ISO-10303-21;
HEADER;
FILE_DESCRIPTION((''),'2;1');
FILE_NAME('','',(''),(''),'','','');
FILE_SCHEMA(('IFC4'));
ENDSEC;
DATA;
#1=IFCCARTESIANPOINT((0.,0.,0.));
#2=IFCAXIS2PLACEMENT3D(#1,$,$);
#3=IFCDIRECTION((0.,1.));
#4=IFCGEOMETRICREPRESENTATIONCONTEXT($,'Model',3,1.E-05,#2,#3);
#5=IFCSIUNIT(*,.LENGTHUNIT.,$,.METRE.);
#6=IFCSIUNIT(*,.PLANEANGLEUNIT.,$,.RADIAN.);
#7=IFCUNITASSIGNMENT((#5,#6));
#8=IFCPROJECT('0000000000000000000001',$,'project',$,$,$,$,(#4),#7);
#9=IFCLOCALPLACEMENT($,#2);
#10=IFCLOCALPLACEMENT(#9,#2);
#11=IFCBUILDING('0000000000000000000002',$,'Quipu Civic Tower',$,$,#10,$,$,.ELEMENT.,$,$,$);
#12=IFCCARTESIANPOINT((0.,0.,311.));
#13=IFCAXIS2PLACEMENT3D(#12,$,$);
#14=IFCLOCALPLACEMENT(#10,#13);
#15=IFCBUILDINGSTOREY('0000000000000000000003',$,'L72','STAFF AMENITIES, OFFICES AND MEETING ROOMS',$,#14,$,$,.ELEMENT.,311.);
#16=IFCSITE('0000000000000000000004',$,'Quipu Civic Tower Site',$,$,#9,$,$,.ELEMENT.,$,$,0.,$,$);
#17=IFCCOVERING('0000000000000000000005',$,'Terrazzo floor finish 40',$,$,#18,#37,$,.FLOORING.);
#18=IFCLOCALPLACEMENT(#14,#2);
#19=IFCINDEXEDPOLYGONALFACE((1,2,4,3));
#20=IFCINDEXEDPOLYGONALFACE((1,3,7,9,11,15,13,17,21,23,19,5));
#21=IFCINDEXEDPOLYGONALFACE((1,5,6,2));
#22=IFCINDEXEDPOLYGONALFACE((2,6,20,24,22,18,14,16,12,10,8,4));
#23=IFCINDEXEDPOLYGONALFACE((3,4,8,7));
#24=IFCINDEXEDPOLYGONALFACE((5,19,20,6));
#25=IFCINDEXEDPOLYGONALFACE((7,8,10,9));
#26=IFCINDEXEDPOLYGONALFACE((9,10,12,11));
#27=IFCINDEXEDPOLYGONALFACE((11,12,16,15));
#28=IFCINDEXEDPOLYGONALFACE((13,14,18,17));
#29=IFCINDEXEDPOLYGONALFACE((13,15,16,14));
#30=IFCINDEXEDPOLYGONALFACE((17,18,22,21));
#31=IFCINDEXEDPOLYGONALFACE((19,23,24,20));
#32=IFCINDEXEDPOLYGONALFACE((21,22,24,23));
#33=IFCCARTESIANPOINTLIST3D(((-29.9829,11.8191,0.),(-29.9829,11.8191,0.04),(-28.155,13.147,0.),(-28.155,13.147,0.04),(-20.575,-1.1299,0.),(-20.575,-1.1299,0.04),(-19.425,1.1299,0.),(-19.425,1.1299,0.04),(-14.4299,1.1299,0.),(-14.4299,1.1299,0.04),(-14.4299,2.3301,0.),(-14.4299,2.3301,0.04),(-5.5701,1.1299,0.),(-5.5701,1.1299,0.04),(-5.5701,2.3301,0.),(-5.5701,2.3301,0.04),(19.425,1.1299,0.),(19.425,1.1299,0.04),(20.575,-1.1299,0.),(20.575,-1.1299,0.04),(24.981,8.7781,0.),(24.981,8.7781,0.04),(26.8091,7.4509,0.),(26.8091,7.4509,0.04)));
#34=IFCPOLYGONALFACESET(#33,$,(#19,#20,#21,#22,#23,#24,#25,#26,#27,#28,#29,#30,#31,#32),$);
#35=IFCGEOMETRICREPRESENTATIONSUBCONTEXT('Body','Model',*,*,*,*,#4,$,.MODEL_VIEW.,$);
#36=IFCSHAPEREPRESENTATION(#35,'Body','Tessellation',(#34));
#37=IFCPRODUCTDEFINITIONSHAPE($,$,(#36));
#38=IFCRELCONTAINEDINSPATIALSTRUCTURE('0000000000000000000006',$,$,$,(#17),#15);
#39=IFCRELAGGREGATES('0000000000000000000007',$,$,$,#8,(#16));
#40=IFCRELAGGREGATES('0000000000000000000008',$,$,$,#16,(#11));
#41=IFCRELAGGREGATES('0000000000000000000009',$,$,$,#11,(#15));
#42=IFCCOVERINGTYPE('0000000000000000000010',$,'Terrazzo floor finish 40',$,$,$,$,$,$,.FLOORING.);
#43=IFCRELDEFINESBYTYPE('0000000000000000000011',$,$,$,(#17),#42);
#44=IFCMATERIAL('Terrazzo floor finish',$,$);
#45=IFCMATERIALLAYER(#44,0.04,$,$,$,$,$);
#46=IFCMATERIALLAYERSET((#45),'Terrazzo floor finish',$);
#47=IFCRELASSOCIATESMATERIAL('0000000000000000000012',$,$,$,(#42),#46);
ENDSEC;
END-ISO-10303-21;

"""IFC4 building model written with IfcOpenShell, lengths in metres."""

from ifc_helpers import new_model, si_unit, direction, frame, origin, place, context, subcontext, project, spatial, polyline, outline, extrude, material, layer, layer_set, type_object, element, save


model = new_model("IFC4")

# Units and contexts
model_context = context("Model", 3, precision=1e-05, world=origin(), true_north=direction((0.0, 1.0)))
body_context = subcontext(model_context, "Body", "Model", "MODEL_VIEW")
ifc_project = project(units=[si_unit("LENGTHUNIT", "METRE"), si_unit("PLANEANGLEUNIT", "RADIAN")], contexts=[model_context])

# Site, building, storey
site_placement = place(None, origin())
site = spatial("IfcSite", under=ifc_project, at=site_placement, Name="Quipu Civic Tower Site", CompositionType="ELEMENT", RefElevation=0.0)
building_placement = place(site_placement, origin())
building = spatial("IfcBuilding", under=site, at=building_placement, Name="Quipu Civic Tower", CompositionType="ELEMENT")
storey_placement = place(building_placement, frame((0.0, 0.0, 311.0)))
storey = spatial("IfcBuildingStorey", under=building, at=storey_placement, Name="L72", Description="STAFF AMENITIES, OFFICES AND MEETING ROOMS", CompositionType="ELEMENT", Elevation=311.0)

# Covering
ifc_material_1 = material(Name="Terrazzo floor finish")
ifc_layer_1 = layer(ifc_material_1, 0.04)
ifc_layer_set_1 = layer_set([ifc_layer_1], Name="Terrazzo floor finish")
covering_type_1 = type_object("IfcCoveringType", Name="Terrazzo floor finish 40", PredefinedType="FLOORING", material=ifc_layer_set_1)
covering_1_placement = place(storey_placement, origin())
element("IfcCovering", 1, at=covering_1_placement, inside=storey, type_object=covering_type_1, Name="Terrazzo floor finish 40", PredefinedType="FLOORING", context=body_context, shape_type="SweptSolid", body=[
    extrude(outline(polyline([(19.425, 1.1299), (24.981, 8.7781), (26.8091, 7.4509), (20.575, -1.1299), (-20.575, -1.1299), (-29.9829, 11.8191), (-28.155, 13.147), (-19.425, 1.1299), (-14.4299, 1.1299), (-14.4299, 2.3301), (-5.5701, 2.3301), (-5.5701, 1.1299), (19.425, 1.1299)])), origin(), (0.0, 0.0, 1.0), 0.04),
])

save(model, "model.ifc")
